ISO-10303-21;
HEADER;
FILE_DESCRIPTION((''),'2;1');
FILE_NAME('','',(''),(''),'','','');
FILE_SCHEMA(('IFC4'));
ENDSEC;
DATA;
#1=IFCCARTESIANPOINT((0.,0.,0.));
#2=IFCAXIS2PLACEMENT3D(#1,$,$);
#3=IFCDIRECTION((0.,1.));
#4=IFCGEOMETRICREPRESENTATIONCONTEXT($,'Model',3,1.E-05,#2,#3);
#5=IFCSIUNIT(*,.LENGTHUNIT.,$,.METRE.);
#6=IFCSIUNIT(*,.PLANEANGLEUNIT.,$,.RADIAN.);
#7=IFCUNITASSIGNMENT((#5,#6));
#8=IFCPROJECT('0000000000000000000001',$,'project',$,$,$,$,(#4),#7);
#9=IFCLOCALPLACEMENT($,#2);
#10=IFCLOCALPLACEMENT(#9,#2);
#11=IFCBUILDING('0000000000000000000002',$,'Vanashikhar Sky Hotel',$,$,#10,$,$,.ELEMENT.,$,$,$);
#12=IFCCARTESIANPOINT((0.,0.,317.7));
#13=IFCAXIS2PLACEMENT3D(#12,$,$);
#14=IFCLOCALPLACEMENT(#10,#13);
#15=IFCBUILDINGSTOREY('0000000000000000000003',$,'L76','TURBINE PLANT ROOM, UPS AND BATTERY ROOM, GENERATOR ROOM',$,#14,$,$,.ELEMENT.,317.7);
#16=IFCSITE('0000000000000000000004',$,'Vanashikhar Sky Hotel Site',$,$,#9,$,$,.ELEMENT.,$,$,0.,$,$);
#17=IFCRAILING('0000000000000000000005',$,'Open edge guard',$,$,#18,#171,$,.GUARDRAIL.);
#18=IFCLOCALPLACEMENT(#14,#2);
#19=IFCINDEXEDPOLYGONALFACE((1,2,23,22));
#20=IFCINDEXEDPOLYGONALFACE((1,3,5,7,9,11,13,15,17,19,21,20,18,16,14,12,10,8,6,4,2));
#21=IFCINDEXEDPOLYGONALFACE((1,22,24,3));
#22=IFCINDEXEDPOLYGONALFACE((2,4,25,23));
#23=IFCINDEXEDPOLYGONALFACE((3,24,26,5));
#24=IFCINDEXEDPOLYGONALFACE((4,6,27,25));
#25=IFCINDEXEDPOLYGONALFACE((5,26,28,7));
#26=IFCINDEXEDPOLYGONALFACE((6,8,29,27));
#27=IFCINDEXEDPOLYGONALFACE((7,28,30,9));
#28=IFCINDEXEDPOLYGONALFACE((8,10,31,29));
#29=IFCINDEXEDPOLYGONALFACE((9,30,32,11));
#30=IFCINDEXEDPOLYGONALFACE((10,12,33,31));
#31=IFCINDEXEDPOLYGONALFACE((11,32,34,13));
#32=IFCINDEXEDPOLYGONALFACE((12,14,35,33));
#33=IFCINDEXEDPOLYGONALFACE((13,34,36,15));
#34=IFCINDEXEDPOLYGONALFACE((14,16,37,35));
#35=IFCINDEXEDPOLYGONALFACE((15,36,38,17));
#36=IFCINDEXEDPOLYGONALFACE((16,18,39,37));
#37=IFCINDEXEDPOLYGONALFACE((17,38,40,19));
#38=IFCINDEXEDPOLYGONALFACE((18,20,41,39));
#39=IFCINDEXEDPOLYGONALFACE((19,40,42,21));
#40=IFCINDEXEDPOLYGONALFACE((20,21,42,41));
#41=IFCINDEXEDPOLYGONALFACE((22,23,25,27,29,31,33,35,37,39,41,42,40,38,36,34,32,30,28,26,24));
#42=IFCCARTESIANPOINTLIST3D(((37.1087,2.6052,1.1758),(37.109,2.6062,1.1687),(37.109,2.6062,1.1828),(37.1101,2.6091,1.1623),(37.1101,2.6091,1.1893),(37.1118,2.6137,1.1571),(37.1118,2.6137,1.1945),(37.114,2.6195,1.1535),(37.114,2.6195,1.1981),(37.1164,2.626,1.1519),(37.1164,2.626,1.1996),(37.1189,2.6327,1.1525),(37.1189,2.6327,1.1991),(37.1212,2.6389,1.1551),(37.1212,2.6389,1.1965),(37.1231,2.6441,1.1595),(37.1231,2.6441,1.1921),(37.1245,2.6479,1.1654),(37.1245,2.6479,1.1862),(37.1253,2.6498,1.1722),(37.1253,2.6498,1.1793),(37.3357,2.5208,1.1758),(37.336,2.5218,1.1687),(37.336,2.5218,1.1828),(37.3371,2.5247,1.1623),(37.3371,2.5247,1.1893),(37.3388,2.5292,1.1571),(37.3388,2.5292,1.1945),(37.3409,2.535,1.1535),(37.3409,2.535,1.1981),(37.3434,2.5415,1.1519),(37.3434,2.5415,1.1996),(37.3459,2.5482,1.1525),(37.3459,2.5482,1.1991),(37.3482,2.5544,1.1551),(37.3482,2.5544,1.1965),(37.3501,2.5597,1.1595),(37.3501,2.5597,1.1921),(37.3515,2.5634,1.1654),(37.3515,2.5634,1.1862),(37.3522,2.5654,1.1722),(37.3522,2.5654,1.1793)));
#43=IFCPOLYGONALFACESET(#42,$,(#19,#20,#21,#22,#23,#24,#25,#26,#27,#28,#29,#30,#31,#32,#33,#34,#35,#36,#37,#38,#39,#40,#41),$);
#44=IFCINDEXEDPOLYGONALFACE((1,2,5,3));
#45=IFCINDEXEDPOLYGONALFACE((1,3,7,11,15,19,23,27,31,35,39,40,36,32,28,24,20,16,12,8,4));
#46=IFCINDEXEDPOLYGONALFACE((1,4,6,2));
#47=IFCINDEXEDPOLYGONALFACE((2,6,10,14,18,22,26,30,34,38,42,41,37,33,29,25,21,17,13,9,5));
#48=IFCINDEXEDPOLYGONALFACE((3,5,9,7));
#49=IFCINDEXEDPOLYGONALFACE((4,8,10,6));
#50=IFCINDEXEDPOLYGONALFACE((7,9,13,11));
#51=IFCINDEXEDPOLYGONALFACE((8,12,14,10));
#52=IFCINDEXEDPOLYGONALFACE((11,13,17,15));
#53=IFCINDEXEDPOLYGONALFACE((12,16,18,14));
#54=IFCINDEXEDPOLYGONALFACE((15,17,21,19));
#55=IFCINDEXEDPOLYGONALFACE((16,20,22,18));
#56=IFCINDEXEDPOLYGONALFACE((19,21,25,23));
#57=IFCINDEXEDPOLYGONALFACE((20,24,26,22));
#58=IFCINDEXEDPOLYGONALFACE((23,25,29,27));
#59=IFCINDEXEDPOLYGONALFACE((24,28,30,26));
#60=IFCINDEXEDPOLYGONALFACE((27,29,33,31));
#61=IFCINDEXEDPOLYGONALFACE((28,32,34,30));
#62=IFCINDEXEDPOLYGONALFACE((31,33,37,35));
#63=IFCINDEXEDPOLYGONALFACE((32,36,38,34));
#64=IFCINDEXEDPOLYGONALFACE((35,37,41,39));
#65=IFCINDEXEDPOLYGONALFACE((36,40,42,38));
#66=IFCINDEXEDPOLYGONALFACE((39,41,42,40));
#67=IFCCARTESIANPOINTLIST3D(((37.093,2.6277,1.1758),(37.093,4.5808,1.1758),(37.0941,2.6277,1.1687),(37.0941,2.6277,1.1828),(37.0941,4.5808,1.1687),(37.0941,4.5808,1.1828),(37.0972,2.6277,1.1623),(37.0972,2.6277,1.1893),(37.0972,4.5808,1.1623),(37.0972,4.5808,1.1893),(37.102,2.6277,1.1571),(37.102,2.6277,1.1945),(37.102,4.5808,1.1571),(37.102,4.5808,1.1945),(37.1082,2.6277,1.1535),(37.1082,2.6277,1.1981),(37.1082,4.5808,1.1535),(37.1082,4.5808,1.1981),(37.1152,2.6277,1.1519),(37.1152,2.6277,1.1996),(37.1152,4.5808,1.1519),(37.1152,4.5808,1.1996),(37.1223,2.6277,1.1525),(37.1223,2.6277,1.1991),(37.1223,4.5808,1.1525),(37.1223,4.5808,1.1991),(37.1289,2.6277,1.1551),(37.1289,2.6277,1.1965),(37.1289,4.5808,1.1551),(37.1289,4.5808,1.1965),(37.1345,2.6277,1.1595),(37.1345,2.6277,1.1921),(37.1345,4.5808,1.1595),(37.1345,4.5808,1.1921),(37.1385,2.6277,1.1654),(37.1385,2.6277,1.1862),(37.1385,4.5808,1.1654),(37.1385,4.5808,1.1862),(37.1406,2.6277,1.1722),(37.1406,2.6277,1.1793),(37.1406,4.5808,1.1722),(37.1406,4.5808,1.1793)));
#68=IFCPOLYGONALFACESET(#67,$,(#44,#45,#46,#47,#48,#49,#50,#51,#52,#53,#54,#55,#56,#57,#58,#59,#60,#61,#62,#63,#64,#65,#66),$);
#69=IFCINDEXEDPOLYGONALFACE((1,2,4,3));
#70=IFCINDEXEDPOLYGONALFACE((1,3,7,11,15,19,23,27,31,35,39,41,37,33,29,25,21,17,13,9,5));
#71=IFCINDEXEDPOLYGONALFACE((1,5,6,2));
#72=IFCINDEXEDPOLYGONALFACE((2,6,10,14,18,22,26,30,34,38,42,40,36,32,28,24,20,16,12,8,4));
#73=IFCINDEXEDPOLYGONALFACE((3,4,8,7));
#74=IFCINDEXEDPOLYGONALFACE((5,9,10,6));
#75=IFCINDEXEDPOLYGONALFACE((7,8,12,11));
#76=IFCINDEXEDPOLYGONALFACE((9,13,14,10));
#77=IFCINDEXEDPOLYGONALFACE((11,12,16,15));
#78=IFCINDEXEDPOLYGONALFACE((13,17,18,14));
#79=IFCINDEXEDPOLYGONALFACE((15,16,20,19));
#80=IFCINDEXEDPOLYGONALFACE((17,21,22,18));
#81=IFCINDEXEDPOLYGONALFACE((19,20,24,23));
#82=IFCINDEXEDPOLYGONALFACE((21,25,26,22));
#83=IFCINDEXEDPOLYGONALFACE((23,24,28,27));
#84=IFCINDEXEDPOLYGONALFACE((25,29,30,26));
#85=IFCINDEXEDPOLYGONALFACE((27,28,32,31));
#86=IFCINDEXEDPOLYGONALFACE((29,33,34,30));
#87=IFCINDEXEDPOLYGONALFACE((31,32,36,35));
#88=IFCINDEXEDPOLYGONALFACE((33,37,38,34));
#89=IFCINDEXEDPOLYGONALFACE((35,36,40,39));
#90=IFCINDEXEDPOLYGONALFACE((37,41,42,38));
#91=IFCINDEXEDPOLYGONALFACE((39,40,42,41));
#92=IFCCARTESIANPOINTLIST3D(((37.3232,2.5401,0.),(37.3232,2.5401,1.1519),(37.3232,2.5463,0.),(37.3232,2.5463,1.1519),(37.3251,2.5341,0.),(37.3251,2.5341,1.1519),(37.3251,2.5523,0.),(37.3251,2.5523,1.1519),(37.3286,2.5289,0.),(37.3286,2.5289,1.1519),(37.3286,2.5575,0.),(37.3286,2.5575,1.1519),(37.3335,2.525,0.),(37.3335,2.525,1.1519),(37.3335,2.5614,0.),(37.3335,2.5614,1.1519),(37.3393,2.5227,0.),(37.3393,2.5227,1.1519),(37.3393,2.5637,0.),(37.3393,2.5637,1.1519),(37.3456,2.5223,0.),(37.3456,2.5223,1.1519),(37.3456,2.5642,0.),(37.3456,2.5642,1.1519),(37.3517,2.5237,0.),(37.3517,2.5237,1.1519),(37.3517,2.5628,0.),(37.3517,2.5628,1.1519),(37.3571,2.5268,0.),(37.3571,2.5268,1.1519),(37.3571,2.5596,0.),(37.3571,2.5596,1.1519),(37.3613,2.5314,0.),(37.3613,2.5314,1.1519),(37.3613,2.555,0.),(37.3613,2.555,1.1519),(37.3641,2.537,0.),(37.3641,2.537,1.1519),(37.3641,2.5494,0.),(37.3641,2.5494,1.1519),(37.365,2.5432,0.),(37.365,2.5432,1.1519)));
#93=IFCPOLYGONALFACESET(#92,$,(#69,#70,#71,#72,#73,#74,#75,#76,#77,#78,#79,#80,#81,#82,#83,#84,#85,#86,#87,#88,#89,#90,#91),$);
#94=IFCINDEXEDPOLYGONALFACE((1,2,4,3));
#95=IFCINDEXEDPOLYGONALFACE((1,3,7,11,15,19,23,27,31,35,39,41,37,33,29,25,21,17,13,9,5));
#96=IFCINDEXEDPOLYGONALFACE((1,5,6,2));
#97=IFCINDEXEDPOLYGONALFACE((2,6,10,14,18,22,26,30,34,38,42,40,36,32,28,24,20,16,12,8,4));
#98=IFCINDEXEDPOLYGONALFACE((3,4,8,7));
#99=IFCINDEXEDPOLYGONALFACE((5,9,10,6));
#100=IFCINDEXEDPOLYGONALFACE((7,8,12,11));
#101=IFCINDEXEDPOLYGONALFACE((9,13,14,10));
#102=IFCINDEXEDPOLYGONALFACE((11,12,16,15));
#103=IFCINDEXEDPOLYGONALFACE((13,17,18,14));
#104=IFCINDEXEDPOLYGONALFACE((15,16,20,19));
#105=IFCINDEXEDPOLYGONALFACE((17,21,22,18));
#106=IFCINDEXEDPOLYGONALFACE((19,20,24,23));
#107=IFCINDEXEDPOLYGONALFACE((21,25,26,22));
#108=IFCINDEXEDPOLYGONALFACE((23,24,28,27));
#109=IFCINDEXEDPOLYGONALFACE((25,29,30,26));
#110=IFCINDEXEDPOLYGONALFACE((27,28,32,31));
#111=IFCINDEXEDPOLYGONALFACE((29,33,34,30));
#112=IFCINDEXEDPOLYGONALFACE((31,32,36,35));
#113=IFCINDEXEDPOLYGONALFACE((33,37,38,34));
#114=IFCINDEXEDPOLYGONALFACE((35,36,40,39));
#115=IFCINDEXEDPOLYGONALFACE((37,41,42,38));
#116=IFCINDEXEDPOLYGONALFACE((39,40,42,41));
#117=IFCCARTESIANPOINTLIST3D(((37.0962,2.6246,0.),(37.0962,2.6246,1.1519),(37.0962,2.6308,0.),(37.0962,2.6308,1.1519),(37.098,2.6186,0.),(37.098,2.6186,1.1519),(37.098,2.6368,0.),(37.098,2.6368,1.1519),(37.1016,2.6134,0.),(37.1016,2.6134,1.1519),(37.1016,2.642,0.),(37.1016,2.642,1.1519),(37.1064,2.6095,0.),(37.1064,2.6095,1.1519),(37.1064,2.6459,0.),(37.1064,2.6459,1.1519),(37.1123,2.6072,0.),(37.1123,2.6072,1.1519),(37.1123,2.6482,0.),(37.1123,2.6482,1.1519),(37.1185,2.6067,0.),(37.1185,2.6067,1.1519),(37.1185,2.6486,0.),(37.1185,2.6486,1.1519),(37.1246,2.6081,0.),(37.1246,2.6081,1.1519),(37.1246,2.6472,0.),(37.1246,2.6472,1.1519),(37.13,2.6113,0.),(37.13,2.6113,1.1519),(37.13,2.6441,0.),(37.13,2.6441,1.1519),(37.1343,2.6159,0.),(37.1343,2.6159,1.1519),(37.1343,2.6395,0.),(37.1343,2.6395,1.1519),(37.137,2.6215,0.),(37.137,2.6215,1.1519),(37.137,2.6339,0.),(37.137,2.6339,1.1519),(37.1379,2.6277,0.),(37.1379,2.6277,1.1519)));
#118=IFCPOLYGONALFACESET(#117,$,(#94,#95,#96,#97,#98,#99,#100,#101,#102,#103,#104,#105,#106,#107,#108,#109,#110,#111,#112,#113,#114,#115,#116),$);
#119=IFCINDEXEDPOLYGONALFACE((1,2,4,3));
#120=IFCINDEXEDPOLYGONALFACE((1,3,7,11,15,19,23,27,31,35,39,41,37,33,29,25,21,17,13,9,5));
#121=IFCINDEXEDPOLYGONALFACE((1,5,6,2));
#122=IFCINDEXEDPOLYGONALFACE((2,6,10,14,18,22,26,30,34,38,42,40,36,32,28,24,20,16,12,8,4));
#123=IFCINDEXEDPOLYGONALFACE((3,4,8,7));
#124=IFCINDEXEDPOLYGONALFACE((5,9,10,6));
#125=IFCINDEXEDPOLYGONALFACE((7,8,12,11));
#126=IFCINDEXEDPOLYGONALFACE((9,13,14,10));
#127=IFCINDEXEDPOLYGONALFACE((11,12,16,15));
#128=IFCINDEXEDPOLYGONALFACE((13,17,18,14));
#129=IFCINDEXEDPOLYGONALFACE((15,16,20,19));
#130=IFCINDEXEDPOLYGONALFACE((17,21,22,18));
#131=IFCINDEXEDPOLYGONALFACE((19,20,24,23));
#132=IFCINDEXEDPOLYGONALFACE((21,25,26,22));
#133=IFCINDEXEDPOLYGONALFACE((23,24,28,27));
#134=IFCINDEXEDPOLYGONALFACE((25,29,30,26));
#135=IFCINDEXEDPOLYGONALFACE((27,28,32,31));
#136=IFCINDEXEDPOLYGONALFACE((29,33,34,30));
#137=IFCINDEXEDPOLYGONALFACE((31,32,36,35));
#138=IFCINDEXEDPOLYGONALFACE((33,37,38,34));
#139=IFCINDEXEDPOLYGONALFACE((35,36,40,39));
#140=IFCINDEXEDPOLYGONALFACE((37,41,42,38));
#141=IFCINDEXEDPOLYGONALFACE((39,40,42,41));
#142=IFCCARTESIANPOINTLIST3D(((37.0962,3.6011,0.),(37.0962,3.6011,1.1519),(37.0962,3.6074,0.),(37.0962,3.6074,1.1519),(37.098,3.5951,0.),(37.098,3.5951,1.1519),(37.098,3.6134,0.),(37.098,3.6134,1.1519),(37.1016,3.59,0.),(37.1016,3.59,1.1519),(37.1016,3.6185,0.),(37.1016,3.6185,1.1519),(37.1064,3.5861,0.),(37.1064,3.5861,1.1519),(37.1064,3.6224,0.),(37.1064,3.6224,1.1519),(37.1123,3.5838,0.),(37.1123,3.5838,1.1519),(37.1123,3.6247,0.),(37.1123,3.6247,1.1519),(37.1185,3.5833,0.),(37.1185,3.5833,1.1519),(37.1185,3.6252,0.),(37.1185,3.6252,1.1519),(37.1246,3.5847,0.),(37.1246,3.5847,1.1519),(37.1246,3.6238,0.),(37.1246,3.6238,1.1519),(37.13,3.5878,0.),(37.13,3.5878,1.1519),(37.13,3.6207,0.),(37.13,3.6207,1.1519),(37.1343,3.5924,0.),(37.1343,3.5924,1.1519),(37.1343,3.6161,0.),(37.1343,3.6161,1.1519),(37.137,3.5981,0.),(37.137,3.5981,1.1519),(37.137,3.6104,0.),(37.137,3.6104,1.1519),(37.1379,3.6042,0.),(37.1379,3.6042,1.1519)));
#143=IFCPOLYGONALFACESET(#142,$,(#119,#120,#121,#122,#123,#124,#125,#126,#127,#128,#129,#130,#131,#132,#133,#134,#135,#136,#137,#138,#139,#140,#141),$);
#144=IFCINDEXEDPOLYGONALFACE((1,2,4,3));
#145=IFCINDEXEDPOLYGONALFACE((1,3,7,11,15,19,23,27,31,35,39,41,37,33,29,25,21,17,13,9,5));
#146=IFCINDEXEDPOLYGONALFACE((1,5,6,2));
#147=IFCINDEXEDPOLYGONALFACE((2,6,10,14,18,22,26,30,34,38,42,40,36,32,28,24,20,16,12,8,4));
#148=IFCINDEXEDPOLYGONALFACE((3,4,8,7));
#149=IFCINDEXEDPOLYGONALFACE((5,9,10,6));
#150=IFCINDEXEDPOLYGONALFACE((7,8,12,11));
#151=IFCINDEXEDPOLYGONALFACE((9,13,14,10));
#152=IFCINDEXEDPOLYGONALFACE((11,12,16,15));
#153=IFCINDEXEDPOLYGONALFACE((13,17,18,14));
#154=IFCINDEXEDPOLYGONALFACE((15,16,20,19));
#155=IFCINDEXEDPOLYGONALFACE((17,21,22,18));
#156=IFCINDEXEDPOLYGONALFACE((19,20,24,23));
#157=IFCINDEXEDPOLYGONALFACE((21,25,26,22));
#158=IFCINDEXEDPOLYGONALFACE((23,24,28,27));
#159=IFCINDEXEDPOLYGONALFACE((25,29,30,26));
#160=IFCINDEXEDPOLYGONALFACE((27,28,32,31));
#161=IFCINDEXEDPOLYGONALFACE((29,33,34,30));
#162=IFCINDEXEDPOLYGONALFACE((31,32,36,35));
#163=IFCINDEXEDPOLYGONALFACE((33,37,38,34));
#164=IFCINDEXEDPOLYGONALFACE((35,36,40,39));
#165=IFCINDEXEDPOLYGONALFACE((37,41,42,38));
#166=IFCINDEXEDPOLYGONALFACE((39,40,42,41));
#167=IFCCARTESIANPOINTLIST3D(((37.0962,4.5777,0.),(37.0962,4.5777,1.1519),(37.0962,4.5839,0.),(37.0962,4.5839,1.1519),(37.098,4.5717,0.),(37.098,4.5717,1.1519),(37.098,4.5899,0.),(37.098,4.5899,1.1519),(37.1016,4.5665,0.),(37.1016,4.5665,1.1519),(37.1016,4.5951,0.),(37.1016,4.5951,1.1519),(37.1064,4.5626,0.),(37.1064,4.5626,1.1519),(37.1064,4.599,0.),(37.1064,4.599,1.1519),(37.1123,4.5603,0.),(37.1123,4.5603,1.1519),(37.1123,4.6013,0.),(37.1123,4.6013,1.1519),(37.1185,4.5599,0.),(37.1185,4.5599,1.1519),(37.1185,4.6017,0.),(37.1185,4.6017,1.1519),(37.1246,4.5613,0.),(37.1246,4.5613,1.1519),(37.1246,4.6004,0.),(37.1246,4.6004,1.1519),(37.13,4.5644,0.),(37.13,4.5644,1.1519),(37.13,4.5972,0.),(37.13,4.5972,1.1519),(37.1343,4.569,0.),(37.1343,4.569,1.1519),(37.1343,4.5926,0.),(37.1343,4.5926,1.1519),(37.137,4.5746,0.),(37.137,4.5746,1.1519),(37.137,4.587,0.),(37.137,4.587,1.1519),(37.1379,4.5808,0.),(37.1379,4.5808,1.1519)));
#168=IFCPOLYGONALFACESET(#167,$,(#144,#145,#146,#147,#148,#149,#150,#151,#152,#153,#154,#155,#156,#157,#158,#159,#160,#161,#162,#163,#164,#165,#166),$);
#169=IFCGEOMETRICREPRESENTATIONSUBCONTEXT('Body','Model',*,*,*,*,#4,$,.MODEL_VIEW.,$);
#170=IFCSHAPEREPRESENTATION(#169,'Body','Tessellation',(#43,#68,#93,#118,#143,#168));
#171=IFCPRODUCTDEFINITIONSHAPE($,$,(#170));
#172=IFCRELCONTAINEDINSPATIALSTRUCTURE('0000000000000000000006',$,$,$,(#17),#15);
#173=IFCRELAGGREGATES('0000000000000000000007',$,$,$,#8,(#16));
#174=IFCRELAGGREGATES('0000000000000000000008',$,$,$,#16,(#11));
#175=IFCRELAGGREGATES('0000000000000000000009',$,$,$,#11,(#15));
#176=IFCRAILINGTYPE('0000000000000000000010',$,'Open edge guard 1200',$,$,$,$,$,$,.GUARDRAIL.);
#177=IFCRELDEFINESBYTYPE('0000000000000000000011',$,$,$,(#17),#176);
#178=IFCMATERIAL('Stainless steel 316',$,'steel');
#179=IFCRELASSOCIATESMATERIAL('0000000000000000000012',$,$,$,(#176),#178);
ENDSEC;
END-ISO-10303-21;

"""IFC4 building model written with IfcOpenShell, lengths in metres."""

from ifc_helpers import new_model, si_unit, direction, frame, origin, origin_2d, place, context, subcontext, project, spatial, circle, extrude, source, transform, mapped, material, type_object, element, save


model = new_model("IFC4")

# Units and contexts
model_context = context("Model", 3, precision=1e-05, world=origin(), true_north=direction((0.0, 1.0)))
body_context = subcontext(model_context, "Body", "Model", "MODEL_VIEW")
ifc_project = project(units=[si_unit("LENGTHUNIT", "METRE"), si_unit("PLANEANGLEUNIT", "RADIAN")], contexts=[model_context])

# Site, building, storey
site_placement = place(None, origin())
site = spatial("IfcSite", under=ifc_project, at=site_placement, Name="Vanashikhar Sky Hotel Site", CompositionType="ELEMENT", RefElevation=0.0)
building_placement = place(site_placement, origin())
building = spatial("IfcBuilding", under=site, at=building_placement, Name="Vanashikhar Sky Hotel", CompositionType="ELEMENT")
storey_placement = place(building_placement, frame((0.0, 0.0, 317.7)))
storey = spatial("IfcBuildingStorey", under=building, at=storey_placement, Name="L76", Description="TURBINE PLANT ROOM, UPS AND BATTERY ROOM, GENERATOR ROOM", CompositionType="ELEMENT", Elevation=317.7)

# Railing
ifc_material_1 = material(Name="Stainless steel 316", Category="steel")
railing_type = type_object("IfcRailingType", Name="Open edge guard 1200", PredefinedType="GUARDRAIL", material=ifc_material_1)
shared_shape_1 = source(origin(), body_context, "Body", "SweptSolid", [
    extrude(circle(Radius=0.0239, at=origin_2d()), frame((0.0, 0.0, 1.1758), z_axis=(-0.937237, 0.348693, 0.0), x_axis=(-0.348693, -0.937237, 0.0)), (0.0, 0.0, 1.0), 0.2422),
    extrude(circle(Radius=0.0239, at=origin_2d()), frame((-0.2271, 0.0845, 1.1758), z_axis=(0.0, 1.0, 0.0), x_axis=(-1.0, 0.0, 0.0)), (0.0, 0.0, 1.0), 1.9531),
    extrude(circle(Radius=0.021, at=origin_2d()), origin(), (0.0, 0.0, 1.0), 1.1519),
    extrude(circle(Radius=0.021, at=origin_2d()), frame((-0.2271, 0.0845, 0.0)), (0.0, 0.0, 1.0), 1.1519),
    extrude(circle(Radius=0.021, at=origin_2d()), frame((-0.2271, 1.061, 0.0)), (0.0, 0.0, 1.0), 1.1519),
    extrude(circle(Radius=0.021, at=origin_2d()), frame((-0.2271, 2.0376, 0.0)), (0.0, 0.0, 1.0), 1.1519),
])
railing_1_placement = place(storey_placement, frame((37.344, 2.5432, 0.0)))
element("IfcRailing", 1, at=railing_1_placement, inside=storey, type_object=railing_type, Name="Open edge guard", PredefinedType="GUARDRAIL", context=body_context, shape_type="MappedRepresentation", body=[
    mapped(shared_shape_1, transform((0.0, 0.0, 0.0), scale=1.0)),
])

save(model, "model.ifc")
